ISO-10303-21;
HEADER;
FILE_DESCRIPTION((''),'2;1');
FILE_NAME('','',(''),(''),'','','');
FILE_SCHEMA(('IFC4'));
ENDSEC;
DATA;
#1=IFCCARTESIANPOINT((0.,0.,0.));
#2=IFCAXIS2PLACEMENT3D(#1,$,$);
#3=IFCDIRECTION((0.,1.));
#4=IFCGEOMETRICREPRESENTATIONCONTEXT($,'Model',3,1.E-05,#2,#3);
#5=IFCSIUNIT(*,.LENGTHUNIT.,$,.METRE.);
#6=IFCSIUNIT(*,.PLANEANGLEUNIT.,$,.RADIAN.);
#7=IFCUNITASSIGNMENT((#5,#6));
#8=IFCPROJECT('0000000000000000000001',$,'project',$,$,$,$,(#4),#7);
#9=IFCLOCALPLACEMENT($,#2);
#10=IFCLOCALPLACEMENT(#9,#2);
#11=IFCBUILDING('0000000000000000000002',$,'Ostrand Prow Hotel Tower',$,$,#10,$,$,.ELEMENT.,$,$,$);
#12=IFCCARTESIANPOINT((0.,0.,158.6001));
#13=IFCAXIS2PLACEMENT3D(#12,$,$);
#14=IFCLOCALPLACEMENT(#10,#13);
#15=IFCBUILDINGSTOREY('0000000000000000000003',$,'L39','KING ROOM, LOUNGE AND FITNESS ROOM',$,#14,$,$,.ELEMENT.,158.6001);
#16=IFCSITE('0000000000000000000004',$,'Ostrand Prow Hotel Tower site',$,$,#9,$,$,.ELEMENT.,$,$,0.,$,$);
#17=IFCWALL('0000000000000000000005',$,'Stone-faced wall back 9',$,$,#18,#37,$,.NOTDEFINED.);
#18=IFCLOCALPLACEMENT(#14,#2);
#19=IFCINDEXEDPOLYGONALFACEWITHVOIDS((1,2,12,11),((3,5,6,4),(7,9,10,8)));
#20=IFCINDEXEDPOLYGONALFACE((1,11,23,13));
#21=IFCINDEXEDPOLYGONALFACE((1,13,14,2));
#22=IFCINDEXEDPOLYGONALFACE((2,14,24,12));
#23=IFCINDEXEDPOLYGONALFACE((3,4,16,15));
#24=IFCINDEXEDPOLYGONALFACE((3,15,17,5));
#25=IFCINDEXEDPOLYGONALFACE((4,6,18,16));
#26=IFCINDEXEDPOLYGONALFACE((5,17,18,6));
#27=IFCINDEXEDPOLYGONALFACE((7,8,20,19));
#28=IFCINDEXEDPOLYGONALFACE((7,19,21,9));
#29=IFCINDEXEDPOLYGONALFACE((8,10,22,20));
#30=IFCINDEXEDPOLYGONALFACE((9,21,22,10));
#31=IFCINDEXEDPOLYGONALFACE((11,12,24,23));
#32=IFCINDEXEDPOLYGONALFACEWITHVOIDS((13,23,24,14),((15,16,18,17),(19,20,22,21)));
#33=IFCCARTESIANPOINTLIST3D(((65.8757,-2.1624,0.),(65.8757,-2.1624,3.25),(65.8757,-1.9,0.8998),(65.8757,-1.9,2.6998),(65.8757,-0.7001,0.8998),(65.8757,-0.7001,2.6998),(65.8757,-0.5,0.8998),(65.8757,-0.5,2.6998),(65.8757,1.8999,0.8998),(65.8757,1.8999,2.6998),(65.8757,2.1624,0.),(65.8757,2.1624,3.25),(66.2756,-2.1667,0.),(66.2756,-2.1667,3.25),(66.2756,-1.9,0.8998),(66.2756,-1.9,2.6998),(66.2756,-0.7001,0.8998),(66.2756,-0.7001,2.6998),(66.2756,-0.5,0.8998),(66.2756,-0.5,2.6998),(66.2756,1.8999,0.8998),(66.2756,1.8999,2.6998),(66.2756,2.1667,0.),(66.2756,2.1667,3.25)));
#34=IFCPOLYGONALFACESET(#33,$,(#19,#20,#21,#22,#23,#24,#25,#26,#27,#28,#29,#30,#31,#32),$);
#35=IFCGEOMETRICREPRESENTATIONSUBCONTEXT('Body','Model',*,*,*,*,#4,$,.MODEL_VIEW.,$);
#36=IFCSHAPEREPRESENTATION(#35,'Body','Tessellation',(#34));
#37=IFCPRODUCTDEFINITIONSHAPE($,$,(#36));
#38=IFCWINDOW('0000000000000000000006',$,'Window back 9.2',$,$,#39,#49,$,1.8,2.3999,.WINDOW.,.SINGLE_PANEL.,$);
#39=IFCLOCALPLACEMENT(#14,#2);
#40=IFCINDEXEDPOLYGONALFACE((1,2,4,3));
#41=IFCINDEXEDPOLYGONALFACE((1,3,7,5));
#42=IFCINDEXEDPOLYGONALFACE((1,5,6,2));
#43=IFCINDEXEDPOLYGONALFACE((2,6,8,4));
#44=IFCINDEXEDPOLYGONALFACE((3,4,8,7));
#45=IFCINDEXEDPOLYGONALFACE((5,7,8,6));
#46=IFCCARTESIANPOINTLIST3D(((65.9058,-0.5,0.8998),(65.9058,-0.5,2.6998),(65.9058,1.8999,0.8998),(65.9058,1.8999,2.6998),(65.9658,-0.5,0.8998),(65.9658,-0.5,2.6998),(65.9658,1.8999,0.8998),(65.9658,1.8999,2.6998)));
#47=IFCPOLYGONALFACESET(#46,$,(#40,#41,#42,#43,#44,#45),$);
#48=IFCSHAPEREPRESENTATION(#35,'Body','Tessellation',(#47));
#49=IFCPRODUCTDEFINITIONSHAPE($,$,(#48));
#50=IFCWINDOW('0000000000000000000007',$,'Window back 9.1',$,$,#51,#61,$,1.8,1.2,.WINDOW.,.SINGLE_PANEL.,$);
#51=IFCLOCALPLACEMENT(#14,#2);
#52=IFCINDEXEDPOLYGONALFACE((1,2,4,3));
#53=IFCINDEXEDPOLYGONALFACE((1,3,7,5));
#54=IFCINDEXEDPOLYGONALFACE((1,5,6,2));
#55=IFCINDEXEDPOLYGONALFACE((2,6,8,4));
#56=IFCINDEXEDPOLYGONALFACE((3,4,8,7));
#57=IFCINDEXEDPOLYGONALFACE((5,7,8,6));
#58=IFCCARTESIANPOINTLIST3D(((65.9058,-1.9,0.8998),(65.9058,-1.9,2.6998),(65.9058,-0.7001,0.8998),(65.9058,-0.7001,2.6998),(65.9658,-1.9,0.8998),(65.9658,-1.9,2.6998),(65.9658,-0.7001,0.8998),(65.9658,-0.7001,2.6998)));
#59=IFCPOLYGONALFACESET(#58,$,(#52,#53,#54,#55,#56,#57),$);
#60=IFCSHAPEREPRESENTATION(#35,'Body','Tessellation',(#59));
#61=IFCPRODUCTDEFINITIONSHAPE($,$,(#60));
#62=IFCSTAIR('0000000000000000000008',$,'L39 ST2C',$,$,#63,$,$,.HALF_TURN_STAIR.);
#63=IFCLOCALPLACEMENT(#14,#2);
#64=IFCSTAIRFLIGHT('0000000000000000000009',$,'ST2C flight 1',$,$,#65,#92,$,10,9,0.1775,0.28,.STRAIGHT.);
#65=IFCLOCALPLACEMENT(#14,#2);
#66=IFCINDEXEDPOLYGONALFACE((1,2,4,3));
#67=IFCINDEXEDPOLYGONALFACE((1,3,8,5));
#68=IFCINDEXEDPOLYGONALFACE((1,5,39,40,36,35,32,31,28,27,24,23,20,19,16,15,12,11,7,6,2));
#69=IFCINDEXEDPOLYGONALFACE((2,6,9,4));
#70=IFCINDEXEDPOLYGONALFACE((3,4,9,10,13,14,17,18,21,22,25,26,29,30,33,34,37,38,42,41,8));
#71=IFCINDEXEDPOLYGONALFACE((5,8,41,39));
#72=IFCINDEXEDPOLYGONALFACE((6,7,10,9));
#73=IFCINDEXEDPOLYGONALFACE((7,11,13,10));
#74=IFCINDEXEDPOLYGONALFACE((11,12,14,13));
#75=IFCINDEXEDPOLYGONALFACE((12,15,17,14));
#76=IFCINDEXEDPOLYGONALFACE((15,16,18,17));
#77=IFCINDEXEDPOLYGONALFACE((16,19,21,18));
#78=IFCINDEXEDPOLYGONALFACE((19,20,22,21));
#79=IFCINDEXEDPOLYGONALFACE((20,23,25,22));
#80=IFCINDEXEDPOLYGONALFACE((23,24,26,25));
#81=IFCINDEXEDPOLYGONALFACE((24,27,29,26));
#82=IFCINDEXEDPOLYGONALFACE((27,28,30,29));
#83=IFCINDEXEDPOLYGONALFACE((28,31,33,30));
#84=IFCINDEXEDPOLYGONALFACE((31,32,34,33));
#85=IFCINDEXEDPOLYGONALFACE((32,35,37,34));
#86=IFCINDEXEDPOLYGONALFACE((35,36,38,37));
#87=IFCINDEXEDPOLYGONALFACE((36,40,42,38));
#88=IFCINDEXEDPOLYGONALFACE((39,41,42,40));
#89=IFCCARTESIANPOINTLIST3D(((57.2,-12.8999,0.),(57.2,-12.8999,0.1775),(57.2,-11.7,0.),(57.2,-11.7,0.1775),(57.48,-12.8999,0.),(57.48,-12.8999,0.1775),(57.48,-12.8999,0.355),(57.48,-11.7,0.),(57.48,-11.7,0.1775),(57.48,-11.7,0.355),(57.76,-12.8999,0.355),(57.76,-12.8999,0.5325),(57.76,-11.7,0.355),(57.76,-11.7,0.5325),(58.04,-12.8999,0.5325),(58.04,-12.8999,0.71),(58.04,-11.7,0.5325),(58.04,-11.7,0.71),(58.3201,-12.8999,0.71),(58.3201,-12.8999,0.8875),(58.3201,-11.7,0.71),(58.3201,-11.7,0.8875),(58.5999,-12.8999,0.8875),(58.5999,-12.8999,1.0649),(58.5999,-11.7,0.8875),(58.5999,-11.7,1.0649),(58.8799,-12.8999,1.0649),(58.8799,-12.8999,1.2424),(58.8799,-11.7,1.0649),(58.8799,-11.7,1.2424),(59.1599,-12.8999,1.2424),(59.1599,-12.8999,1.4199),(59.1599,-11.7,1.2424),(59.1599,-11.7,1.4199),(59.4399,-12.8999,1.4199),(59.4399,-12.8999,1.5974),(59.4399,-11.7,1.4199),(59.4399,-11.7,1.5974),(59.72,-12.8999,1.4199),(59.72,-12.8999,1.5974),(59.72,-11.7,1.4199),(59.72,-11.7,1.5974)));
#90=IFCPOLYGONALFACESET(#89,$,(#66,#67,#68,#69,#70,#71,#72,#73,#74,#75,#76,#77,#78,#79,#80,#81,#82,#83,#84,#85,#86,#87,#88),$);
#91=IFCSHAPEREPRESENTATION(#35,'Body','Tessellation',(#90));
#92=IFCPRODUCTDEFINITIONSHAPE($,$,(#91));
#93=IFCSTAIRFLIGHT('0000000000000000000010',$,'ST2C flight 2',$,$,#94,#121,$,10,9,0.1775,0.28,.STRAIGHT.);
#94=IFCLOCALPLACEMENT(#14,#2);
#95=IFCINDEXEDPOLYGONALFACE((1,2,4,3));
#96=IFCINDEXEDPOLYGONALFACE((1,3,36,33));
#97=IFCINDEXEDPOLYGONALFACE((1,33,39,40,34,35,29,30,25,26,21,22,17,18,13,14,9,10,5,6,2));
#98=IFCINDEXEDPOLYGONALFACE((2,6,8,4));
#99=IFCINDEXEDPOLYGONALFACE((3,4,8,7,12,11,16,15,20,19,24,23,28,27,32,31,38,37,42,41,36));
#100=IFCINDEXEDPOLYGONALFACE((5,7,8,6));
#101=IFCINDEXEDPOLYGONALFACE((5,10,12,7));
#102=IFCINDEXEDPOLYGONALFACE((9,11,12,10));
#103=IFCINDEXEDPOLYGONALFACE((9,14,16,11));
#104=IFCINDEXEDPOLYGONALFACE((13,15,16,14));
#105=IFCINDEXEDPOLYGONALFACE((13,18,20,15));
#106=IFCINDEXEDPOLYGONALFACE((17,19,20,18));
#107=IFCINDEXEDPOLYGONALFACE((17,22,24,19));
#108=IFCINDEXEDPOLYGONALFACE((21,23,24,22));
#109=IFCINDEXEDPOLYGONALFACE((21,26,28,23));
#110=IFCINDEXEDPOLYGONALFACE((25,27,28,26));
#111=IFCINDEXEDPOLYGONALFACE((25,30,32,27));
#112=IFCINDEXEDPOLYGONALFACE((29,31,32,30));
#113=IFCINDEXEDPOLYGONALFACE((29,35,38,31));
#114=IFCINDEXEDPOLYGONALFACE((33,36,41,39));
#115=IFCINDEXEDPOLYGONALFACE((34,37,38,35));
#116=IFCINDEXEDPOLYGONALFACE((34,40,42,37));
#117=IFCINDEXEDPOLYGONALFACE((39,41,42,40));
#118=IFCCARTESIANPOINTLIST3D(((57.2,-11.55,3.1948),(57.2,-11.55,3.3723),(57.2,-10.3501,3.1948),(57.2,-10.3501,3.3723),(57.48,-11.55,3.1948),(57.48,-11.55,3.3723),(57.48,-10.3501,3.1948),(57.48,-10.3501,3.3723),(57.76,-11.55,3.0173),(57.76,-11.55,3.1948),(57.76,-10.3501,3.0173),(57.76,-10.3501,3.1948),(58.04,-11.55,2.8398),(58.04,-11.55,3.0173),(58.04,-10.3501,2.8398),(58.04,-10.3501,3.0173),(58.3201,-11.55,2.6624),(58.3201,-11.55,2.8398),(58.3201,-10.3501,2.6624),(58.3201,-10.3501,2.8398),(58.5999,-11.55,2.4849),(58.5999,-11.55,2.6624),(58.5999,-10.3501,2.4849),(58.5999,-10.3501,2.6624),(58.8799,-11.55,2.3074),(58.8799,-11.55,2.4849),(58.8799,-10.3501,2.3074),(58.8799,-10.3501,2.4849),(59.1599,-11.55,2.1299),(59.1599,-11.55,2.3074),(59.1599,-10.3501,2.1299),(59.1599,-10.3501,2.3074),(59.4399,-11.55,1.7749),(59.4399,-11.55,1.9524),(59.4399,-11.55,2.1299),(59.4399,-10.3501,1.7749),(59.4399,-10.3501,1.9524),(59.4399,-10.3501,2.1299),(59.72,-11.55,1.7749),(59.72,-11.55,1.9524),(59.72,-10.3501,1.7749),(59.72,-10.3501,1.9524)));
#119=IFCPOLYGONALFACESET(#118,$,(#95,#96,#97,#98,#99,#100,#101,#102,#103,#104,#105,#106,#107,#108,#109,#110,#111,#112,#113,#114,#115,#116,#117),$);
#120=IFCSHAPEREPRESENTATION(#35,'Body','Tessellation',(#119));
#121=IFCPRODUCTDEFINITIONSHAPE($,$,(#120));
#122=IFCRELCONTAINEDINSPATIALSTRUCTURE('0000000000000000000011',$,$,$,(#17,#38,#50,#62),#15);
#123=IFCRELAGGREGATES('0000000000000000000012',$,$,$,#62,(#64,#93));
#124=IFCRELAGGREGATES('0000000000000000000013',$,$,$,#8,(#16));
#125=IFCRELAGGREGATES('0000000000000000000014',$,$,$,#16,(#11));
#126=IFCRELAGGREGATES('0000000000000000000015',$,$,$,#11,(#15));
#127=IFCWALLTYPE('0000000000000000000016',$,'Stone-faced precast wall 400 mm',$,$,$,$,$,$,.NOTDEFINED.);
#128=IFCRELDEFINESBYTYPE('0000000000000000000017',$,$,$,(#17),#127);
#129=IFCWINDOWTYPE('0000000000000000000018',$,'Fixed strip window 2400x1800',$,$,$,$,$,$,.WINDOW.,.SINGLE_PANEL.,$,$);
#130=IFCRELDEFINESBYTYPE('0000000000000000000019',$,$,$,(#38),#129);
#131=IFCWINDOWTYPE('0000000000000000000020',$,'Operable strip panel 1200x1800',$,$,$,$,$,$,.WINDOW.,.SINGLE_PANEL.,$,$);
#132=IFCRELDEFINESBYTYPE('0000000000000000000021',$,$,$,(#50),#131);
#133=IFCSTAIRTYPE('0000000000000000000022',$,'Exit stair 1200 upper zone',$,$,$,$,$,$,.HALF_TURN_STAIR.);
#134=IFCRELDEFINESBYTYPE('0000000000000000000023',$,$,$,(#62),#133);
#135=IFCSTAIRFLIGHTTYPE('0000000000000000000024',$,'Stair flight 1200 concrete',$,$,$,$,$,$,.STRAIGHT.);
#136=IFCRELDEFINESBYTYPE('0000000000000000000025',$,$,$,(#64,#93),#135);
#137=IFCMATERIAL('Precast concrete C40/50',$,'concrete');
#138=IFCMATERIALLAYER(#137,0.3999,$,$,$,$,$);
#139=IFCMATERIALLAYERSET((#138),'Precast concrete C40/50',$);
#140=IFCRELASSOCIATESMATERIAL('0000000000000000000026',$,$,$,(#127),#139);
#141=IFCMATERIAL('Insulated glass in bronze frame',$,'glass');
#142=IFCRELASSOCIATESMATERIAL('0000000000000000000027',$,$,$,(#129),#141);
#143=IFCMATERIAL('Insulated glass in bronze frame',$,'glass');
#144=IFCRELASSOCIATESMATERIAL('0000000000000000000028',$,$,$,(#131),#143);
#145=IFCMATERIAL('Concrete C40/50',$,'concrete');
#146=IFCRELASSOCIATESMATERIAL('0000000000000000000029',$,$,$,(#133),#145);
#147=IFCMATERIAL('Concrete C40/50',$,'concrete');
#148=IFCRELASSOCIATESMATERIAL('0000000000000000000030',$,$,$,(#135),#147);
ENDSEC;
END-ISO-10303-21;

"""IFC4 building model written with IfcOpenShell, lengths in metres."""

from ifc_helpers import new_model, si_unit, direction, frame, frame_2d, origin, place, context, subcontext, project, spatial, polyline, rectangle, outline, extrude, material, layer, layer_set, type_object, element, fill, aggregate, save


model = new_model("IFC4")

# Units and contexts
model_context = context("Model", 3, precision=1e-05, world=origin(), true_north=direction((0.0, 1.0)))
body_context = subcontext(model_context, "Body", "Model", "MODEL_VIEW")
ifc_project = project(units=[si_unit("LENGTHUNIT", "METRE"), si_unit("PLANEANGLEUNIT", "RADIAN")], contexts=[model_context])

# Site, building, storey
site_placement = place(None, origin())
site = spatial("IfcSite", under=ifc_project, at=site_placement, Name="Ostrand Prow Hotel Tower site", CompositionType="ELEMENT", RefElevation=0.0)
building_placement = place(site_placement, origin())
building = spatial("IfcBuilding", under=site, at=building_placement, Name="Ostrand Prow Hotel Tower", CompositionType="ELEMENT")
storey_placement = place(building_placement, frame((0.0, 0.0, 158.6001)))
storey = spatial("IfcBuildingStorey", under=building, at=storey_placement, Name="L39", Description="KING ROOM, LOUNGE AND FITNESS ROOM", CompositionType="ELEMENT", Elevation=158.6001)

# Shared definitions
ifc_material_1 = material(Name="Precast concrete C40/50", Category="concrete")
ifc_layer_1 = layer(ifc_material_1, 0.3999)
ifc_layer_set_1 = layer_set([ifc_layer_1], Name="Precast concrete C40/50")
wall_type_1 = type_object("IfcWallType", Name="Stone-faced precast wall 400 mm", PredefinedType="NOTDEFINED", material=ifc_layer_set_1)

# Wall, openings, windows
wall_1_placement = place(storey_placement, frame((66.0757, -2.1646, 0.0), z_axis=(0.0, 0.0, 1.0), x_axis=(0.0, 1.0, 0.0)))
wall_1 = element("IfcWall", 1, at=wall_1_placement, inside=storey, type_object=wall_type_1, Name="Stone-faced wall back 9", PredefinedType="NOTDEFINED", context=body_context, shape_type="SweptSolid", body=[
    extrude(outline(polyline([(-0.0022, -0.2), (4.3313, -0.2), (4.3269, 0.2), (0.0022, 0.2), (-0.0022, -0.2)])), origin(), (0.0, 0.0, 1.0), 3.25),
])
opening_1_placement = place(wall_1_placement, frame((0.2644, 0.0, 0.8999)))
opening_1 = element("IfcOpeningElement", 2, at=opening_1_placement, cuts=wall_1, PredefinedType="OPENING", context=body_context, shape_type="SweptSolid", body=[
    extrude(rectangle(XDim=1.2, YDim=1.8, at=frame_2d((0.6001, 0.8999))), frame((0.0, 0.21, 0.0), z_axis=(0.0, -1.0, 0.0), x_axis=(1.0, 0.0, 0.0)), (0.0, 0.0, 1.0), 0.4199),
])
opening_2_placement = place(wall_1_placement, frame((1.6646, 0.0, 0.8999)))
opening_2 = element("IfcOpeningElement", 3, at=opening_2_placement, cuts=wall_1, PredefinedType="OPENING", context=body_context, shape_type="SweptSolid", body=[
    extrude(rectangle(XDim=2.3999, YDim=1.8, at=frame_2d((1.2, 0.8999))), frame((0.0, 0.21, 0.0), z_axis=(0.0, -1.0, 0.0), x_axis=(1.0, 0.0, 0.0)), (0.0, 0.0, 1.0), 0.4199),
])
ifc_material_2 = material(Name="Insulated glass in bronze frame", Category="glass")
window_type_1 = type_object("IfcWindowType", Name="Fixed strip window 2400x1800", PartitioningType="SINGLE_PANEL", PredefinedType="WINDOW", material=ifc_material_2)
window_1_placement = place(opening_2_placement, origin())
window_1 = element("IfcWindow", 4, at=window_1_placement, inside=storey, type_object=window_type_1, Name="Window back 9.2", OverallHeight=1.8, OverallWidth=2.3999, PartitioningType="SINGLE_PANEL", PredefinedType="WINDOW", context=body_context, shape_type="SweptSolid", body=[
    extrude(rectangle(XDim=2.3999, YDim=1.8, at=frame_2d((1.2, 0.8999))), frame((0.0, 0.1699, 0.0), z_axis=(0.0, -1.0, 0.0), x_axis=(1.0, 0.0, 0.0)), (0.0, 0.0, 1.0), 0.0601),
])
fill(opening_2, window_1)
ifc_material_3 = material(Name="Insulated glass in bronze frame", Category="glass")
window_type_2 = type_object("IfcWindowType", Name="Operable strip panel 1200x1800", PartitioningType="SINGLE_PANEL", PredefinedType="WINDOW", material=ifc_material_3)
window_2_placement = place(opening_1_placement, origin())
window_2 = element("IfcWindow", 5, at=window_2_placement, inside=storey, type_object=window_type_2, Name="Window back 9.1", OverallHeight=1.8, OverallWidth=1.2, PartitioningType="SINGLE_PANEL", PredefinedType="WINDOW", context=body_context, shape_type="SweptSolid", body=[
    extrude(rectangle(XDim=1.2, YDim=1.8, at=frame_2d((0.6001, 0.8999))), frame((0.0, 0.1699, 0.0), z_axis=(0.0, -1.0, 0.0), x_axis=(1.0, 0.0, 0.0)), (0.0, 0.0, 1.0), 0.0601),
])
fill(opening_1, window_2)

# Stair, stair flights
ifc_material_4 = material(Name="Concrete C40/50", Category="concrete")
stair_type = type_object("IfcStairType", Name="Exit stair 1200 upper zone", PredefinedType="HALF_TURN_STAIR", material=ifc_material_4)
stair_placement = place(storey_placement, origin())
stair = element("IfcStair", 6, at=stair_placement, inside=storey, type_object=stair_type, Name="L39 ST2C", PredefinedType="HALF_TURN_STAIR")
ifc_material_5 = material(Name="Concrete C40/50", Category="concrete")
stair_flight_type = type_object("IfcStairFlightType", Name="Stair flight 1200 concrete", PredefinedType="STRAIGHT", material=ifc_material_5)
stair_flight_1_placement = place(storey_placement, frame((57.2, -12.3, 0.0), z_axis=(0.0, 0.0, 1.0), x_axis=(1.0, 0.0, 0.0)))
stair_flight_1 = element("IfcStairFlight", 7, at=stair_flight_1_placement, type_object=stair_flight_type, Name="ST2C flight 1", NumberOfRisers=10, NumberOfTreads=9, PredefinedType="STRAIGHT", RiserHeight=0.1775, TreadLength=0.28, context=body_context, shape_type="SweptSolid", body=[
    extrude(outline(polyline([(0.0, 0.0), (0.0, 0.1775), (0.28, 0.1775), (0.28, 0.355), (0.5601, 0.355), (0.5601, 0.5325), (0.8401, 0.5325), (0.8401, 0.71), (1.1201, 0.71), (1.1201, 0.8875), (1.3999, 0.8875), (1.3999, 1.0649), (1.6799, 1.0649), (1.6799, 1.2424), (1.96, 1.2424), (1.96, 1.4199), (2.24, 1.4199), (2.24, 1.5974), (2.52, 1.5974), (2.52, 1.7749), (2.52, 1.4199), (0.28, 0.0), (0.0, 0.0)])), frame((0.0, 0.6001, 0.0), z_axis=(0.0, -1.0, 0.0), x_axis=(1.0, 0.0, 0.0)), (0.0, 0.0, 1.0), 1.2),
])
stair_flight_2_placement = place(storey_placement, frame((59.72, -10.95, 1.7749), z_axis=(0.0, 0.0, 1.0), x_axis=(-1.0, 0.0, 0.0)))
stair_flight_2 = element("IfcStairFlight", 8, at=stair_flight_2_placement, type_object=stair_flight_type, Name="ST2C flight 2", NumberOfRisers=10, NumberOfTreads=9, PredefinedType="STRAIGHT", RiserHeight=0.1775, TreadLength=0.28, context=body_context, shape_type="SweptSolid", body=[
    extrude(outline(polyline([(0.0, 0.0), (0.0, 0.1775), (0.28, 0.1775), (0.28, 0.355), (0.5601, 0.355), (0.5601, 0.5325), (0.8401, 0.5325), (0.8401, 0.71), (1.1201, 0.71), (1.1201, 0.8875), (1.3999, 0.8875), (1.3999, 1.0649), (1.6799, 1.0649), (1.6799, 1.2424), (1.96, 1.2424), (1.96, 1.4199), (2.24, 1.4199), (2.24, 1.5974), (2.52, 1.5974), (2.52, 1.7749), (2.52, 1.4199), (0.28, 0.0), (0.0, 0.0)])), frame((0.0, 0.6001, 0.0), z_axis=(0.0, -1.0, 0.0), x_axis=(1.0, 0.0, 0.0)), (0.0, 0.0, 1.0), 1.2),
])
aggregate(stair, [stair_flight_1, stair_flight_2])

save(model, "model.ifc")
